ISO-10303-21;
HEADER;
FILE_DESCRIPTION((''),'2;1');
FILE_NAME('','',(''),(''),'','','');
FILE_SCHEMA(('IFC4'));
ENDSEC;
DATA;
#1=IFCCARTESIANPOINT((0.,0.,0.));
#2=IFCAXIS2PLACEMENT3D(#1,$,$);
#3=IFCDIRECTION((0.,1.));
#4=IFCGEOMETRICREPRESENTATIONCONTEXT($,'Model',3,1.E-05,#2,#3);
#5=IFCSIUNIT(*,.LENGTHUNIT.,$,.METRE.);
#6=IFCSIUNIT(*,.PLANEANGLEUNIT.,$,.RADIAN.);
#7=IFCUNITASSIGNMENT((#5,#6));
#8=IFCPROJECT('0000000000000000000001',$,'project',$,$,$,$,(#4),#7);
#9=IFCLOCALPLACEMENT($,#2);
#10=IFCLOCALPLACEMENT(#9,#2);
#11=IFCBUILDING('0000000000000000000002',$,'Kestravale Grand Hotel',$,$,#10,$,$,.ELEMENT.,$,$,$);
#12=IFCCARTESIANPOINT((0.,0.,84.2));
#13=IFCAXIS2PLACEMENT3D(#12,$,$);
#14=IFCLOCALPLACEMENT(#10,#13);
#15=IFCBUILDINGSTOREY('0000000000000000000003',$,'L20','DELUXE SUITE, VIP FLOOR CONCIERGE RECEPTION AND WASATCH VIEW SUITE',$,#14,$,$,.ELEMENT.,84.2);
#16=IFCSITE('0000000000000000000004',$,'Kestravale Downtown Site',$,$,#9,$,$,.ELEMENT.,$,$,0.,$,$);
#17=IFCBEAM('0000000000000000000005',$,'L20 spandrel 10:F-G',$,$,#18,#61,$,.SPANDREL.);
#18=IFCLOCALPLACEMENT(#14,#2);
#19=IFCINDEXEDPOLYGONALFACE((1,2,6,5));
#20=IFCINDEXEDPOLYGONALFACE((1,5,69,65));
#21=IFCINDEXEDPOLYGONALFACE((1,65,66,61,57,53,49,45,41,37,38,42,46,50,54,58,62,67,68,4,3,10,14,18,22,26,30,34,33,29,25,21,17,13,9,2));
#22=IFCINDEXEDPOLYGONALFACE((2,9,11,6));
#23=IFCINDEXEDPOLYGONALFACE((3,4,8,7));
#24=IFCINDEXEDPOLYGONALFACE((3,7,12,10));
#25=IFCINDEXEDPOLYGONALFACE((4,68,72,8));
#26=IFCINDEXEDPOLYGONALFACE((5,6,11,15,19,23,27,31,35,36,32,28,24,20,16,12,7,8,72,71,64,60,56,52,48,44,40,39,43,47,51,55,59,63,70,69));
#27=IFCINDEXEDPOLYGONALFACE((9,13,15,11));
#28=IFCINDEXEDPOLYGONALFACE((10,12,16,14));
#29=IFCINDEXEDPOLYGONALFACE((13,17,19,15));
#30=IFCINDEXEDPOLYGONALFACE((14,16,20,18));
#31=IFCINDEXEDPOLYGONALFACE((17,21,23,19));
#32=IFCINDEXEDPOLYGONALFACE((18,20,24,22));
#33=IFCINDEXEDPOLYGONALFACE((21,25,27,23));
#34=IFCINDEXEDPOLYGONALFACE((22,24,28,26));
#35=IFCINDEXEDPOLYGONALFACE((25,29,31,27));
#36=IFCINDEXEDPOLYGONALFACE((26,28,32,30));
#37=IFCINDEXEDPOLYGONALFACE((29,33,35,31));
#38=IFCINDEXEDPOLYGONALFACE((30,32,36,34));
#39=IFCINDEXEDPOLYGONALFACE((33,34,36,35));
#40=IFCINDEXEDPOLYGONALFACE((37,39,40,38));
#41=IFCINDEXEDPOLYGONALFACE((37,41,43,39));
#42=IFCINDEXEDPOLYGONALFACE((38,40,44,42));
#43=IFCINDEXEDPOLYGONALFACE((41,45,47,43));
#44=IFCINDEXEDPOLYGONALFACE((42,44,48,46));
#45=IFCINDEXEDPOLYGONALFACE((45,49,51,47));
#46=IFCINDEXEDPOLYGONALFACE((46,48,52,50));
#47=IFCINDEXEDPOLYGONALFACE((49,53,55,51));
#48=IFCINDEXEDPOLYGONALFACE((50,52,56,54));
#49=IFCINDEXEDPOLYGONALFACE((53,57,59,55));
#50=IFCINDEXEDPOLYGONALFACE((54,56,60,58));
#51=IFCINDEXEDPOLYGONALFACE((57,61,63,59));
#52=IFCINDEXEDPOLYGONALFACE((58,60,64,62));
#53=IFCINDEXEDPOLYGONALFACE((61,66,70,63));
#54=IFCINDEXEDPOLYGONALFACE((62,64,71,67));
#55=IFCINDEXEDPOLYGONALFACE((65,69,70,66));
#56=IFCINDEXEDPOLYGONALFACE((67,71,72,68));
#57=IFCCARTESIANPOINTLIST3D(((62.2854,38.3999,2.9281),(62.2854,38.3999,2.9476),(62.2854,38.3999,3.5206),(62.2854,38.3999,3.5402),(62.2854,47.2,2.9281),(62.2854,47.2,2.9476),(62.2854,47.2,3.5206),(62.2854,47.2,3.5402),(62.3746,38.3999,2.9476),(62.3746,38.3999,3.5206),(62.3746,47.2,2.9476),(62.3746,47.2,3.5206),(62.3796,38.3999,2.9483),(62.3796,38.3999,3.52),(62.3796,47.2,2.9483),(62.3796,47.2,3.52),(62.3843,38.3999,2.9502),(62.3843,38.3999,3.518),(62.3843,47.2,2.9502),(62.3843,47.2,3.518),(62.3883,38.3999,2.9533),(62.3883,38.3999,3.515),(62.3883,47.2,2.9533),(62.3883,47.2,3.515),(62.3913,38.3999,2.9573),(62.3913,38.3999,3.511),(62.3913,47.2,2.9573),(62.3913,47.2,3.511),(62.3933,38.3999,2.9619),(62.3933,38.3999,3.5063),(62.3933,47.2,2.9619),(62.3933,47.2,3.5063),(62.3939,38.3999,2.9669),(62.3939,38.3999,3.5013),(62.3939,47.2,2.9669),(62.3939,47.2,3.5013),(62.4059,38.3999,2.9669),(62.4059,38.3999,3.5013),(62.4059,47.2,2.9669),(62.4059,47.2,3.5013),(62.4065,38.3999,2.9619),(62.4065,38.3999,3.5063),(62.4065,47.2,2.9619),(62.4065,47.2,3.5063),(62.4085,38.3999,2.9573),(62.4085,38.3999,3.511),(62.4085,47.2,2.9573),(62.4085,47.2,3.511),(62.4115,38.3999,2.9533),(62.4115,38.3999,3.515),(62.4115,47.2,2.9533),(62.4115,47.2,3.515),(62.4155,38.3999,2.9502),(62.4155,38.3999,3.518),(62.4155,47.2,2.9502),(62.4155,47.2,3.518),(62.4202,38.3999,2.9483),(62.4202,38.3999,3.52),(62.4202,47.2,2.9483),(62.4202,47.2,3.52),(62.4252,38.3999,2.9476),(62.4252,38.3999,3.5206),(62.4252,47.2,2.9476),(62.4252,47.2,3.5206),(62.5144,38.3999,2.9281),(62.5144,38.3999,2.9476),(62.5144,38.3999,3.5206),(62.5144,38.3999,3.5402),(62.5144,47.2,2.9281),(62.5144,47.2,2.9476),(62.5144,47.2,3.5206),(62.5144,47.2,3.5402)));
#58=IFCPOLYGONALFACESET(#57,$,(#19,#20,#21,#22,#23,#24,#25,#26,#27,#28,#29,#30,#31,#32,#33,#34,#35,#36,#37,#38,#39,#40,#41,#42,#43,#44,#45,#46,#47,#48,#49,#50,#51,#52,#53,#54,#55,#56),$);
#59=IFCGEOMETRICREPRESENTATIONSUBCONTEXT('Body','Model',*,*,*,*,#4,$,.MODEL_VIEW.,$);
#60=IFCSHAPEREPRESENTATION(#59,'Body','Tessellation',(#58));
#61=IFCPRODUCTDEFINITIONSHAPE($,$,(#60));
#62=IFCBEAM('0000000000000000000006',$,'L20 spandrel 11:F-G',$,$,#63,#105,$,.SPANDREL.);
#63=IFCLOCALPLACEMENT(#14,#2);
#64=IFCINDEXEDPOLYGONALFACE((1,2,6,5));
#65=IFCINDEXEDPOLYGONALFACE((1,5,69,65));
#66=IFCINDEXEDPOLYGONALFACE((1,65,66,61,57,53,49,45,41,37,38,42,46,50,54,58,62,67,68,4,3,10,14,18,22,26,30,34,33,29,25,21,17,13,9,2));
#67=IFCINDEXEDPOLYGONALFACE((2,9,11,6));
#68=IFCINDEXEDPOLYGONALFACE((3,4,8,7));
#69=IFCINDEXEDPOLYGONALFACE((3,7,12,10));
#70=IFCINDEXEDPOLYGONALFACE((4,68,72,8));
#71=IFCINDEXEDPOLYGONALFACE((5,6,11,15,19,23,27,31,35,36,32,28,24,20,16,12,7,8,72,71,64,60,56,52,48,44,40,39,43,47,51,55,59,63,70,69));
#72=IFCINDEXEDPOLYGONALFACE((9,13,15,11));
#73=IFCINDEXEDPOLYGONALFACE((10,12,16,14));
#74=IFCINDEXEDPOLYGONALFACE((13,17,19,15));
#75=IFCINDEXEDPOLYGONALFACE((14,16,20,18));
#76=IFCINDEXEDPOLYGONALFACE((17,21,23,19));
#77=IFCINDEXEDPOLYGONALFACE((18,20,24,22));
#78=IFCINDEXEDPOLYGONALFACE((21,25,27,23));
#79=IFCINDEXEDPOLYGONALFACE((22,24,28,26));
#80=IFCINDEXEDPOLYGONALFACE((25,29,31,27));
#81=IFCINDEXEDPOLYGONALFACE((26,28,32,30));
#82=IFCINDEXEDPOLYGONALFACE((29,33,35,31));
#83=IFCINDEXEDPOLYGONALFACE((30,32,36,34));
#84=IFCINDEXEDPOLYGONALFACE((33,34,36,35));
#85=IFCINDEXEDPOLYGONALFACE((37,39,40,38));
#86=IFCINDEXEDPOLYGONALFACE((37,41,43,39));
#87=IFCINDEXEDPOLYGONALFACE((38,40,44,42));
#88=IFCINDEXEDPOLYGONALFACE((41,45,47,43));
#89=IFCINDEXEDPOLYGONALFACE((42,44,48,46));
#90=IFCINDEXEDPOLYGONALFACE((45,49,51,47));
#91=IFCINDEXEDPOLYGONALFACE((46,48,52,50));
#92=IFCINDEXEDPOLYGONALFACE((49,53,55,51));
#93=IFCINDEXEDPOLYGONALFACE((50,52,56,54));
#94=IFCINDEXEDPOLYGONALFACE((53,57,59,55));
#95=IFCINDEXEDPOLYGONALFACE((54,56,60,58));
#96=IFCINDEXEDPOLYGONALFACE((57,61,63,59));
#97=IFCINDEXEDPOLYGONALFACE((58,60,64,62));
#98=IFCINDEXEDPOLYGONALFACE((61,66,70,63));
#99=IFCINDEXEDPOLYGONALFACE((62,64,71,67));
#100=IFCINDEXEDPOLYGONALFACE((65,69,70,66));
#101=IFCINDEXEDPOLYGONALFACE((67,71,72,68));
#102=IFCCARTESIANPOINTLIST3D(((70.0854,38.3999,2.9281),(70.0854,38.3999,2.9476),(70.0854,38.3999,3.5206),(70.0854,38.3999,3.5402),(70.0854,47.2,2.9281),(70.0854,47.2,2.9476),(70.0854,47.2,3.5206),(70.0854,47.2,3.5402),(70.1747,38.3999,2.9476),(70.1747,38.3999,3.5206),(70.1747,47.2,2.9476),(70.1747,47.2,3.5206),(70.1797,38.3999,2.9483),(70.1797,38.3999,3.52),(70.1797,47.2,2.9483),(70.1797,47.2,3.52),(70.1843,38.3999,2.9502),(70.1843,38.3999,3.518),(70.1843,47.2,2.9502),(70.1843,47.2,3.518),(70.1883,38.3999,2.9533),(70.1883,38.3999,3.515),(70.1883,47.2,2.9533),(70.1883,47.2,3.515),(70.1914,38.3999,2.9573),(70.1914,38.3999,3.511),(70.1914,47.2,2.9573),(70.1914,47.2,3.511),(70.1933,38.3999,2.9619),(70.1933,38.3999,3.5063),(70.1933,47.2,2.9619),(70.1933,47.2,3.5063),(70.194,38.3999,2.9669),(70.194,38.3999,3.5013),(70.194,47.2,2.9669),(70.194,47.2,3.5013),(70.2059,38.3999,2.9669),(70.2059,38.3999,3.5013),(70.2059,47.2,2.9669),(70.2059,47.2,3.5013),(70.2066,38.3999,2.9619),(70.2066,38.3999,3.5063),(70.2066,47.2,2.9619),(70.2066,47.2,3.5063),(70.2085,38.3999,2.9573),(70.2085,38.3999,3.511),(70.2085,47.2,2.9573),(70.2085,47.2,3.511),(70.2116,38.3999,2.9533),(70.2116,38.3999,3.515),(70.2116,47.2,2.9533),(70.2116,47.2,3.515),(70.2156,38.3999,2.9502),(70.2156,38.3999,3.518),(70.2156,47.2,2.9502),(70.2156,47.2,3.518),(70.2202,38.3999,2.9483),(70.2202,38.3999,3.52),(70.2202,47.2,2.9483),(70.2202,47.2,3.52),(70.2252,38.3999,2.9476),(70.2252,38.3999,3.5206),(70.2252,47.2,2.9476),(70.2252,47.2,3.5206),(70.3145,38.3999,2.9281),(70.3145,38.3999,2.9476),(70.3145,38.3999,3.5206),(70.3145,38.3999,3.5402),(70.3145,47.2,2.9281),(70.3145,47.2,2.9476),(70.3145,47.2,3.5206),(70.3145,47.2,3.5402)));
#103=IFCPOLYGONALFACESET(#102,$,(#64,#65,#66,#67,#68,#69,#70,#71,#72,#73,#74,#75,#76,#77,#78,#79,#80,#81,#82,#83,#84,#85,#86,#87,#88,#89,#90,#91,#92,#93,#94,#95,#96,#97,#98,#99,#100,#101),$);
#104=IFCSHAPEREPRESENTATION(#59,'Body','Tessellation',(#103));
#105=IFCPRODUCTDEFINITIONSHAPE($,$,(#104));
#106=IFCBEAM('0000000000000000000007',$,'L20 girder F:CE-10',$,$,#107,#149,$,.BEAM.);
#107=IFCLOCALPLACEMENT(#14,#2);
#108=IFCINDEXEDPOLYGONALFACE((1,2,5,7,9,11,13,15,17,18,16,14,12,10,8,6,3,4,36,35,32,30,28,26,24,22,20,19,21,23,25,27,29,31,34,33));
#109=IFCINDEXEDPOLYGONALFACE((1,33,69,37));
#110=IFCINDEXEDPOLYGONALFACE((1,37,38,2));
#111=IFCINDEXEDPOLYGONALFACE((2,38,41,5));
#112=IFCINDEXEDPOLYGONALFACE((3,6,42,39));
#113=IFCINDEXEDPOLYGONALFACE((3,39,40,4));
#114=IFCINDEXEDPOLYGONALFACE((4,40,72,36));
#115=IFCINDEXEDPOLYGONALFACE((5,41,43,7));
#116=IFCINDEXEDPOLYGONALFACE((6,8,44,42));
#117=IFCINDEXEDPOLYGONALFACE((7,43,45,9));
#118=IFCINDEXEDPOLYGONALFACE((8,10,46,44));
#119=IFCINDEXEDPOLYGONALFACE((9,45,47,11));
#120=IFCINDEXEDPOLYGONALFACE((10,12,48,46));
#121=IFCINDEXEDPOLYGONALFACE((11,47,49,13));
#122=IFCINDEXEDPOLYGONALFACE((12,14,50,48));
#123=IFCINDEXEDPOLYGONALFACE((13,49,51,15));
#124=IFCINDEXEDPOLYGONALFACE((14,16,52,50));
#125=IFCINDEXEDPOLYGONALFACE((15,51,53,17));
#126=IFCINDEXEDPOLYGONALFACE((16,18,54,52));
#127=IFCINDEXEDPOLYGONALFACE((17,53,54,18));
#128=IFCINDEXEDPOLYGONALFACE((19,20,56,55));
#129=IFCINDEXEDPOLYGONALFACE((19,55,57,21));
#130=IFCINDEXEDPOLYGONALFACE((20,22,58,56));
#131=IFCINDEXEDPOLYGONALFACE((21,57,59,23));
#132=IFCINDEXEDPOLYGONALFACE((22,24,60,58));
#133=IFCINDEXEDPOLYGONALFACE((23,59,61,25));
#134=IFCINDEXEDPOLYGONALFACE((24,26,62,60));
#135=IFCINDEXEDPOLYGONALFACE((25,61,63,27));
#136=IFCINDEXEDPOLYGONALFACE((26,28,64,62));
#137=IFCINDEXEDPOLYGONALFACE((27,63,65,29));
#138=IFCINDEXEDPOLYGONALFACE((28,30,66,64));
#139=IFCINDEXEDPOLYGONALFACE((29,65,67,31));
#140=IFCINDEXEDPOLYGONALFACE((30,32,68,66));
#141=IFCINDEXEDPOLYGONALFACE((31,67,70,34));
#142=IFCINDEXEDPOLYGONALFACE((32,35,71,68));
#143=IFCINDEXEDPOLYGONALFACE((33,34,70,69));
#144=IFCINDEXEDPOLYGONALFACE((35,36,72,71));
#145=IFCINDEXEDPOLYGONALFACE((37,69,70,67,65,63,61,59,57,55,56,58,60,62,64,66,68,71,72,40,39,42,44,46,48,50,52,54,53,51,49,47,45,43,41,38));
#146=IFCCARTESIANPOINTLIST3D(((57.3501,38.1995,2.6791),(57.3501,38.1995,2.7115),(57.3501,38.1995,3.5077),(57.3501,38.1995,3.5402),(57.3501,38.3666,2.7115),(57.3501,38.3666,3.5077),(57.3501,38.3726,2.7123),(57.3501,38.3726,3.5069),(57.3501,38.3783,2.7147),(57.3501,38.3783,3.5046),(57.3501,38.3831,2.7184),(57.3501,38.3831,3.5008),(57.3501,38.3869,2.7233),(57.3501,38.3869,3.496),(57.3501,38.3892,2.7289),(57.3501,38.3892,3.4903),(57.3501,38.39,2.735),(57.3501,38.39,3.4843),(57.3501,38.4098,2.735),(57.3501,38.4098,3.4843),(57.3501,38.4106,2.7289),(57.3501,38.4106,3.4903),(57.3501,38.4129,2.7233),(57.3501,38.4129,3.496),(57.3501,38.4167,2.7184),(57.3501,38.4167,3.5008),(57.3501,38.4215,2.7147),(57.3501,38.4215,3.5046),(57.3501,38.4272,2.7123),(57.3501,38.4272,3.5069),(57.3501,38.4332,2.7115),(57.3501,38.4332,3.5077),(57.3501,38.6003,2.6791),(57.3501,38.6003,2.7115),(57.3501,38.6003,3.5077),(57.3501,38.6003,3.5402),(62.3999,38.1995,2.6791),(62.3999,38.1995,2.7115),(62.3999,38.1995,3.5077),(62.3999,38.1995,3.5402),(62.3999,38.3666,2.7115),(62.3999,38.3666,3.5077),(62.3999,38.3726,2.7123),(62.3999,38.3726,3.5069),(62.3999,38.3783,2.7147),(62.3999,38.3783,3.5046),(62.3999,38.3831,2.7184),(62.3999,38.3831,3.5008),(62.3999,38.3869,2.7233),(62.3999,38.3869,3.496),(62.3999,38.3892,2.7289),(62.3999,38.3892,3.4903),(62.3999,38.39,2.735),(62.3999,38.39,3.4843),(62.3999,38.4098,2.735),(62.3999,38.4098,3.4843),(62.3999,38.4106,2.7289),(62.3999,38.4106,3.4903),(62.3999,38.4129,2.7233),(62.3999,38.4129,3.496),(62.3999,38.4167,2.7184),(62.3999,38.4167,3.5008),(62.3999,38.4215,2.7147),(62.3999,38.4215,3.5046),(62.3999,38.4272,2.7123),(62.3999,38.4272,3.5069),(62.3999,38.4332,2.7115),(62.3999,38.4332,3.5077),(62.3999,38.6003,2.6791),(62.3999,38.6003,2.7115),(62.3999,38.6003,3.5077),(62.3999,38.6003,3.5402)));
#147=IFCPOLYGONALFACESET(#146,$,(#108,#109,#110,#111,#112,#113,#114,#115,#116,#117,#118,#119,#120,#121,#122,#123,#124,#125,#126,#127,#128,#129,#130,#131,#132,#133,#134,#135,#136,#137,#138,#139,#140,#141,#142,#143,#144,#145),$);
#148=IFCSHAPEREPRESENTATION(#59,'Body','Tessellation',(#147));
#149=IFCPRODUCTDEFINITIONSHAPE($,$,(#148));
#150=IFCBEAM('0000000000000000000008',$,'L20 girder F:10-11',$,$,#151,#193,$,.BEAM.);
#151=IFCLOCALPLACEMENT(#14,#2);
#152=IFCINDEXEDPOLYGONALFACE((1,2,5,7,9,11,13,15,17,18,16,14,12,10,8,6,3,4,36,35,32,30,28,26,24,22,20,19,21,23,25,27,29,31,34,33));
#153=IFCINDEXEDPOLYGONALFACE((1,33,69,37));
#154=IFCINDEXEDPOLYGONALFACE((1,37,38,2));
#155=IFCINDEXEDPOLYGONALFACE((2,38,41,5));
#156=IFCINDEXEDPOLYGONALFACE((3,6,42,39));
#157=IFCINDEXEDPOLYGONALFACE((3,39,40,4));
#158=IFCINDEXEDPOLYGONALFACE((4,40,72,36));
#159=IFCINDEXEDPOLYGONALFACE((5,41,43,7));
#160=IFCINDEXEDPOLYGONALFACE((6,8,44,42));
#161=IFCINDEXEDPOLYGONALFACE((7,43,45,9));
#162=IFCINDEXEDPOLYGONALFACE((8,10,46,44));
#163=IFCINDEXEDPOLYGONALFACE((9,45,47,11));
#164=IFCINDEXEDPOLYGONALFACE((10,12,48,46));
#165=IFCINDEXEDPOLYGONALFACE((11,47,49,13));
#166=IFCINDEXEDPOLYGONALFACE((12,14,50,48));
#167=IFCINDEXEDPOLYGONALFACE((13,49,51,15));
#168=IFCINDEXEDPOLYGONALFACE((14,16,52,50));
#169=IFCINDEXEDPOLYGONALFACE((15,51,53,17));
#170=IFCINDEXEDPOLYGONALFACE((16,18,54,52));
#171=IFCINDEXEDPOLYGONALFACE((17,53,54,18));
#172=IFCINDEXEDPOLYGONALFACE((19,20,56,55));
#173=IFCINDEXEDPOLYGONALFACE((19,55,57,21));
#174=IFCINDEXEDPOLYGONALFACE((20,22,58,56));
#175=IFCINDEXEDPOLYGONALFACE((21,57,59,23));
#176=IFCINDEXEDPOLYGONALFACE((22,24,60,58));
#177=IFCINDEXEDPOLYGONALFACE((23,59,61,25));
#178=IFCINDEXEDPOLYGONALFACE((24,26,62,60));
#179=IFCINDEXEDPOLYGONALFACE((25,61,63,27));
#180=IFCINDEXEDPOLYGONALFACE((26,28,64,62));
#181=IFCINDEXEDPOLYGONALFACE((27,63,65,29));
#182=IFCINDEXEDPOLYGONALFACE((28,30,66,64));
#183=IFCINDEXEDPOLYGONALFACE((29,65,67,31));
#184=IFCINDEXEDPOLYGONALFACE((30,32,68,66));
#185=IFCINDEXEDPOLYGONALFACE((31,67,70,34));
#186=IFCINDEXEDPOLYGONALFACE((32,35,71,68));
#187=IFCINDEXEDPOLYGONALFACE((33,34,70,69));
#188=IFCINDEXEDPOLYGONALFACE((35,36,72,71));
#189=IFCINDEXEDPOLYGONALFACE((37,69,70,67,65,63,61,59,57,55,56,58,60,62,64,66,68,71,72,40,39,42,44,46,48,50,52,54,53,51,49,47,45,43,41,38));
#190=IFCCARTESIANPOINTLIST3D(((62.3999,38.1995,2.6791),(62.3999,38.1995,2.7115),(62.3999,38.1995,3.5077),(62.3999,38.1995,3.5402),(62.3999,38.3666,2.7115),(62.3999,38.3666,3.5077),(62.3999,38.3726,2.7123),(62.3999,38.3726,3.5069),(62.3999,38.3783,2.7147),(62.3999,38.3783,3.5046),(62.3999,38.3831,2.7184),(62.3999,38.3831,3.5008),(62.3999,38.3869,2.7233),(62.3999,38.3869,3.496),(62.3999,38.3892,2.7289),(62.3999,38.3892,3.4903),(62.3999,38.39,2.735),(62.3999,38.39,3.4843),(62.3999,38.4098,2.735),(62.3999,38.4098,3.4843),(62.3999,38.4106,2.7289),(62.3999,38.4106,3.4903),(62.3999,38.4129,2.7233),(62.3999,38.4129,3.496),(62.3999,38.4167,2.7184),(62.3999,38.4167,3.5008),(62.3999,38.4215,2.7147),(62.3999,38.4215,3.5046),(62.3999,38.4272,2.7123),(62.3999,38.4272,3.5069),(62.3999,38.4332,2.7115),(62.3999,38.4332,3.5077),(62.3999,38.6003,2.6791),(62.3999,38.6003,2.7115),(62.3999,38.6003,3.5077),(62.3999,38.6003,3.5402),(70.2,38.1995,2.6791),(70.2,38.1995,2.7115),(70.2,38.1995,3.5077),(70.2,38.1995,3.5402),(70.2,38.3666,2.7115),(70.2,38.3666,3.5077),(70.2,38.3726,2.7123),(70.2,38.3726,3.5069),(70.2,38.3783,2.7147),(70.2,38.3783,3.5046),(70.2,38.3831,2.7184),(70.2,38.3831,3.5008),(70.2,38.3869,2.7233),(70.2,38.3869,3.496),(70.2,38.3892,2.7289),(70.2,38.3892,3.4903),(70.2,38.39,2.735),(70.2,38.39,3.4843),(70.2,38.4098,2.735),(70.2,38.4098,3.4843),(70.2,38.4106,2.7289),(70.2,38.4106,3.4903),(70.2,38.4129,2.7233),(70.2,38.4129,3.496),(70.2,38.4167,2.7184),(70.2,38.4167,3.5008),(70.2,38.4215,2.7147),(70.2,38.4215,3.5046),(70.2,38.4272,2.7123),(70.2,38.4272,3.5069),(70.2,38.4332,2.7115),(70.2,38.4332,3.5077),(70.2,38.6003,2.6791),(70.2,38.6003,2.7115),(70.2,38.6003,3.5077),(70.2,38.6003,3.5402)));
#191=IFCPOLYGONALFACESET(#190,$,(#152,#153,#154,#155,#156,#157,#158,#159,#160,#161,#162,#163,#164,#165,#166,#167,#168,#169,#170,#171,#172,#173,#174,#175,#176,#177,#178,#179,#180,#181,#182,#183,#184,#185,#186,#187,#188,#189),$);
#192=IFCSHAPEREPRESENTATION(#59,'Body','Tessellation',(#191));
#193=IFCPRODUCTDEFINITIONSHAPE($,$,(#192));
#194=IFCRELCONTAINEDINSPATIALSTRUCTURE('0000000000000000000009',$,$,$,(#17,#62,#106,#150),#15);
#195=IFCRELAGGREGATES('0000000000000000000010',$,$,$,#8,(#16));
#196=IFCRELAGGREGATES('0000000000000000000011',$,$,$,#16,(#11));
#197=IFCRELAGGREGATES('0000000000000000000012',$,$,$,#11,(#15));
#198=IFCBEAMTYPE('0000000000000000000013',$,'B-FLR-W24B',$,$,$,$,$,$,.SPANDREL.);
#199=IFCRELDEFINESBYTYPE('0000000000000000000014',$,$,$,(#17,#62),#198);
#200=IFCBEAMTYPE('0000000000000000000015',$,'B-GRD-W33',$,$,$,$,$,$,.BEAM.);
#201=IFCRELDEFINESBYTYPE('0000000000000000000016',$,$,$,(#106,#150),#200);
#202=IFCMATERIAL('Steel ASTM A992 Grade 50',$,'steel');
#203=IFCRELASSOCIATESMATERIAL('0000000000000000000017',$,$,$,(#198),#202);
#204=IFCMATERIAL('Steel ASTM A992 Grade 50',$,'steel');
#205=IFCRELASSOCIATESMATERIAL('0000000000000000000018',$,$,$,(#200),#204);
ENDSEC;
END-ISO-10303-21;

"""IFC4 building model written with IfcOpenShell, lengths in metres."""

from ifc_helpers import new_model, si_unit, direction, frame, origin, origin_2d, place, context, subcontext, project, spatial, i_section, extrude, material, material_profile, profile_set, type_object, element, save


model = new_model("IFC4")

# Units and contexts
model_context = context("Model", 3, precision=1e-05, world=origin(), true_north=direction((0.0, 1.0)))
body_context = subcontext(model_context, "Body", "Model", "MODEL_VIEW")
ifc_project = project(units=[si_unit("LENGTHUNIT", "METRE"), si_unit("PLANEANGLEUNIT", "RADIAN")], contexts=[model_context])

# Site, building, storey
site_placement = place(None, origin())
site = spatial("IfcSite", under=ifc_project, at=site_placement, Name="Kestravale Downtown Site", CompositionType="ELEMENT", RefElevation=0.0)
building_placement = place(site_placement, origin())
building = spatial("IfcBuilding", under=site, at=building_placement, Name="Kestravale Grand Hotel", CompositionType="ELEMENT")
storey_placement = place(building_placement, frame((0.0, 0.0, 84.2)))
storey = spatial("IfcBuildingStorey", under=building, at=storey_placement, Name="L20", Description="DELUXE SUITE, VIP FLOOR CONCIERGE RECEPTION AND WASATCH VIEW SUITE", CompositionType="ELEMENT", Elevation=84.2)

# Beams
ifc_material_1 = material(Name="Steel ASTM A992 Grade 50", Category="steel")
ifc_material_profile_1 = material_profile(ifc_material_1, i_section(OverallWidth=0.229, OverallDepth=0.6121, WebThickness=0.012, FlangeThickness=0.0195, FilletRadius=0.0193, at=origin_2d()))
ifc_profile_set_1 = profile_set([ifc_material_profile_1], Name="Steel ASTM A992 Grade 50")
beam_type_1 = type_object("IfcBeamType", Name="B-FLR-W24B", PredefinedType="SPANDREL", material=ifc_profile_set_1)
for number, where, z_axis, x_axis, name in (
    (1, (62.3999, 38.3999, 3.2341), (0.0, 1.0, 0.0), (-1.0, 0.0, 0.0), "L20 spandrel 10:F-G"),
    (2, (70.2, 38.3999, 3.2341), (0.0, 1.0, 0.0), (-1.0, 0.0, 0.0), "L20 spandrel 11:F-G"),
):
    element("IfcBeam", number, at=place(storey_placement, frame(where, z_axis=z_axis, x_axis=x_axis)), inside=storey, type_object=beam_type_1, Name=name, PredefinedType="SPANDREL", context=body_context, shape_type="SweptSolid", body=[
        extrude(i_section(OverallWidth=0.229, OverallDepth=0.6121, WebThickness=0.012, FlangeThickness=0.0195, FilletRadius=0.0193, at=origin_2d()), origin(), (0.0, 0.0, 1.0), 8.8),
    ])
ifc_material_2 = material(Name="Steel ASTM A992 Grade 50", Category="steel")
ifc_material_profile_2 = material_profile(ifc_material_2, i_section(OverallWidth=0.4009, OverallDepth=0.8611, WebThickness=0.0198, FlangeThickness=0.0325, FilletRadius=0.0234, at=origin_2d()))
ifc_profile_set_2 = profile_set([ifc_material_profile_2], Name="Steel ASTM A992 Grade 50")
beam_type_2 = type_object("IfcBeamType", Name="B-GRD-W33", PredefinedType="BEAM", material=ifc_profile_set_2)
beam_1_placement = place(storey_placement, frame((57.3501, 38.3999, 3.1096), z_axis=(1.0, 0.0, 0.0), x_axis=(0.0, 1.0, 0.0)))
element("IfcBeam", 3, at=beam_1_placement, inside=storey, type_object=beam_type_2, Name="L20 girder F:CE-10", PredefinedType="BEAM", context=body_context, shape_type="SweptSolid", body=[
    extrude(i_section(OverallWidth=0.4009, OverallDepth=0.8611, WebThickness=0.0198, FlangeThickness=0.0325, FilletRadius=0.0234, at=origin_2d()), origin(), (0.0, 0.0, 1.0), 5.0498),
])
beam_2_placement = place(storey_placement, frame((62.3999, 38.3999, 3.1096), z_axis=(1.0, 0.0, 0.0), x_axis=(0.0, 1.0, 0.0)))
element("IfcBeam", 4, at=beam_2_placement, inside=storey, type_object=beam_type_2, Name="L20 girder F:10-11", PredefinedType="BEAM", context=body_context, shape_type="SweptSolid", body=[
    extrude(i_section(OverallWidth=0.4009, OverallDepth=0.8611, WebThickness=0.0198, FlangeThickness=0.0325, FilletRadius=0.0234, at=origin_2d()), origin(), (0.0, 0.0, 1.0), 7.8),
])

save(model, "model.ifc")
